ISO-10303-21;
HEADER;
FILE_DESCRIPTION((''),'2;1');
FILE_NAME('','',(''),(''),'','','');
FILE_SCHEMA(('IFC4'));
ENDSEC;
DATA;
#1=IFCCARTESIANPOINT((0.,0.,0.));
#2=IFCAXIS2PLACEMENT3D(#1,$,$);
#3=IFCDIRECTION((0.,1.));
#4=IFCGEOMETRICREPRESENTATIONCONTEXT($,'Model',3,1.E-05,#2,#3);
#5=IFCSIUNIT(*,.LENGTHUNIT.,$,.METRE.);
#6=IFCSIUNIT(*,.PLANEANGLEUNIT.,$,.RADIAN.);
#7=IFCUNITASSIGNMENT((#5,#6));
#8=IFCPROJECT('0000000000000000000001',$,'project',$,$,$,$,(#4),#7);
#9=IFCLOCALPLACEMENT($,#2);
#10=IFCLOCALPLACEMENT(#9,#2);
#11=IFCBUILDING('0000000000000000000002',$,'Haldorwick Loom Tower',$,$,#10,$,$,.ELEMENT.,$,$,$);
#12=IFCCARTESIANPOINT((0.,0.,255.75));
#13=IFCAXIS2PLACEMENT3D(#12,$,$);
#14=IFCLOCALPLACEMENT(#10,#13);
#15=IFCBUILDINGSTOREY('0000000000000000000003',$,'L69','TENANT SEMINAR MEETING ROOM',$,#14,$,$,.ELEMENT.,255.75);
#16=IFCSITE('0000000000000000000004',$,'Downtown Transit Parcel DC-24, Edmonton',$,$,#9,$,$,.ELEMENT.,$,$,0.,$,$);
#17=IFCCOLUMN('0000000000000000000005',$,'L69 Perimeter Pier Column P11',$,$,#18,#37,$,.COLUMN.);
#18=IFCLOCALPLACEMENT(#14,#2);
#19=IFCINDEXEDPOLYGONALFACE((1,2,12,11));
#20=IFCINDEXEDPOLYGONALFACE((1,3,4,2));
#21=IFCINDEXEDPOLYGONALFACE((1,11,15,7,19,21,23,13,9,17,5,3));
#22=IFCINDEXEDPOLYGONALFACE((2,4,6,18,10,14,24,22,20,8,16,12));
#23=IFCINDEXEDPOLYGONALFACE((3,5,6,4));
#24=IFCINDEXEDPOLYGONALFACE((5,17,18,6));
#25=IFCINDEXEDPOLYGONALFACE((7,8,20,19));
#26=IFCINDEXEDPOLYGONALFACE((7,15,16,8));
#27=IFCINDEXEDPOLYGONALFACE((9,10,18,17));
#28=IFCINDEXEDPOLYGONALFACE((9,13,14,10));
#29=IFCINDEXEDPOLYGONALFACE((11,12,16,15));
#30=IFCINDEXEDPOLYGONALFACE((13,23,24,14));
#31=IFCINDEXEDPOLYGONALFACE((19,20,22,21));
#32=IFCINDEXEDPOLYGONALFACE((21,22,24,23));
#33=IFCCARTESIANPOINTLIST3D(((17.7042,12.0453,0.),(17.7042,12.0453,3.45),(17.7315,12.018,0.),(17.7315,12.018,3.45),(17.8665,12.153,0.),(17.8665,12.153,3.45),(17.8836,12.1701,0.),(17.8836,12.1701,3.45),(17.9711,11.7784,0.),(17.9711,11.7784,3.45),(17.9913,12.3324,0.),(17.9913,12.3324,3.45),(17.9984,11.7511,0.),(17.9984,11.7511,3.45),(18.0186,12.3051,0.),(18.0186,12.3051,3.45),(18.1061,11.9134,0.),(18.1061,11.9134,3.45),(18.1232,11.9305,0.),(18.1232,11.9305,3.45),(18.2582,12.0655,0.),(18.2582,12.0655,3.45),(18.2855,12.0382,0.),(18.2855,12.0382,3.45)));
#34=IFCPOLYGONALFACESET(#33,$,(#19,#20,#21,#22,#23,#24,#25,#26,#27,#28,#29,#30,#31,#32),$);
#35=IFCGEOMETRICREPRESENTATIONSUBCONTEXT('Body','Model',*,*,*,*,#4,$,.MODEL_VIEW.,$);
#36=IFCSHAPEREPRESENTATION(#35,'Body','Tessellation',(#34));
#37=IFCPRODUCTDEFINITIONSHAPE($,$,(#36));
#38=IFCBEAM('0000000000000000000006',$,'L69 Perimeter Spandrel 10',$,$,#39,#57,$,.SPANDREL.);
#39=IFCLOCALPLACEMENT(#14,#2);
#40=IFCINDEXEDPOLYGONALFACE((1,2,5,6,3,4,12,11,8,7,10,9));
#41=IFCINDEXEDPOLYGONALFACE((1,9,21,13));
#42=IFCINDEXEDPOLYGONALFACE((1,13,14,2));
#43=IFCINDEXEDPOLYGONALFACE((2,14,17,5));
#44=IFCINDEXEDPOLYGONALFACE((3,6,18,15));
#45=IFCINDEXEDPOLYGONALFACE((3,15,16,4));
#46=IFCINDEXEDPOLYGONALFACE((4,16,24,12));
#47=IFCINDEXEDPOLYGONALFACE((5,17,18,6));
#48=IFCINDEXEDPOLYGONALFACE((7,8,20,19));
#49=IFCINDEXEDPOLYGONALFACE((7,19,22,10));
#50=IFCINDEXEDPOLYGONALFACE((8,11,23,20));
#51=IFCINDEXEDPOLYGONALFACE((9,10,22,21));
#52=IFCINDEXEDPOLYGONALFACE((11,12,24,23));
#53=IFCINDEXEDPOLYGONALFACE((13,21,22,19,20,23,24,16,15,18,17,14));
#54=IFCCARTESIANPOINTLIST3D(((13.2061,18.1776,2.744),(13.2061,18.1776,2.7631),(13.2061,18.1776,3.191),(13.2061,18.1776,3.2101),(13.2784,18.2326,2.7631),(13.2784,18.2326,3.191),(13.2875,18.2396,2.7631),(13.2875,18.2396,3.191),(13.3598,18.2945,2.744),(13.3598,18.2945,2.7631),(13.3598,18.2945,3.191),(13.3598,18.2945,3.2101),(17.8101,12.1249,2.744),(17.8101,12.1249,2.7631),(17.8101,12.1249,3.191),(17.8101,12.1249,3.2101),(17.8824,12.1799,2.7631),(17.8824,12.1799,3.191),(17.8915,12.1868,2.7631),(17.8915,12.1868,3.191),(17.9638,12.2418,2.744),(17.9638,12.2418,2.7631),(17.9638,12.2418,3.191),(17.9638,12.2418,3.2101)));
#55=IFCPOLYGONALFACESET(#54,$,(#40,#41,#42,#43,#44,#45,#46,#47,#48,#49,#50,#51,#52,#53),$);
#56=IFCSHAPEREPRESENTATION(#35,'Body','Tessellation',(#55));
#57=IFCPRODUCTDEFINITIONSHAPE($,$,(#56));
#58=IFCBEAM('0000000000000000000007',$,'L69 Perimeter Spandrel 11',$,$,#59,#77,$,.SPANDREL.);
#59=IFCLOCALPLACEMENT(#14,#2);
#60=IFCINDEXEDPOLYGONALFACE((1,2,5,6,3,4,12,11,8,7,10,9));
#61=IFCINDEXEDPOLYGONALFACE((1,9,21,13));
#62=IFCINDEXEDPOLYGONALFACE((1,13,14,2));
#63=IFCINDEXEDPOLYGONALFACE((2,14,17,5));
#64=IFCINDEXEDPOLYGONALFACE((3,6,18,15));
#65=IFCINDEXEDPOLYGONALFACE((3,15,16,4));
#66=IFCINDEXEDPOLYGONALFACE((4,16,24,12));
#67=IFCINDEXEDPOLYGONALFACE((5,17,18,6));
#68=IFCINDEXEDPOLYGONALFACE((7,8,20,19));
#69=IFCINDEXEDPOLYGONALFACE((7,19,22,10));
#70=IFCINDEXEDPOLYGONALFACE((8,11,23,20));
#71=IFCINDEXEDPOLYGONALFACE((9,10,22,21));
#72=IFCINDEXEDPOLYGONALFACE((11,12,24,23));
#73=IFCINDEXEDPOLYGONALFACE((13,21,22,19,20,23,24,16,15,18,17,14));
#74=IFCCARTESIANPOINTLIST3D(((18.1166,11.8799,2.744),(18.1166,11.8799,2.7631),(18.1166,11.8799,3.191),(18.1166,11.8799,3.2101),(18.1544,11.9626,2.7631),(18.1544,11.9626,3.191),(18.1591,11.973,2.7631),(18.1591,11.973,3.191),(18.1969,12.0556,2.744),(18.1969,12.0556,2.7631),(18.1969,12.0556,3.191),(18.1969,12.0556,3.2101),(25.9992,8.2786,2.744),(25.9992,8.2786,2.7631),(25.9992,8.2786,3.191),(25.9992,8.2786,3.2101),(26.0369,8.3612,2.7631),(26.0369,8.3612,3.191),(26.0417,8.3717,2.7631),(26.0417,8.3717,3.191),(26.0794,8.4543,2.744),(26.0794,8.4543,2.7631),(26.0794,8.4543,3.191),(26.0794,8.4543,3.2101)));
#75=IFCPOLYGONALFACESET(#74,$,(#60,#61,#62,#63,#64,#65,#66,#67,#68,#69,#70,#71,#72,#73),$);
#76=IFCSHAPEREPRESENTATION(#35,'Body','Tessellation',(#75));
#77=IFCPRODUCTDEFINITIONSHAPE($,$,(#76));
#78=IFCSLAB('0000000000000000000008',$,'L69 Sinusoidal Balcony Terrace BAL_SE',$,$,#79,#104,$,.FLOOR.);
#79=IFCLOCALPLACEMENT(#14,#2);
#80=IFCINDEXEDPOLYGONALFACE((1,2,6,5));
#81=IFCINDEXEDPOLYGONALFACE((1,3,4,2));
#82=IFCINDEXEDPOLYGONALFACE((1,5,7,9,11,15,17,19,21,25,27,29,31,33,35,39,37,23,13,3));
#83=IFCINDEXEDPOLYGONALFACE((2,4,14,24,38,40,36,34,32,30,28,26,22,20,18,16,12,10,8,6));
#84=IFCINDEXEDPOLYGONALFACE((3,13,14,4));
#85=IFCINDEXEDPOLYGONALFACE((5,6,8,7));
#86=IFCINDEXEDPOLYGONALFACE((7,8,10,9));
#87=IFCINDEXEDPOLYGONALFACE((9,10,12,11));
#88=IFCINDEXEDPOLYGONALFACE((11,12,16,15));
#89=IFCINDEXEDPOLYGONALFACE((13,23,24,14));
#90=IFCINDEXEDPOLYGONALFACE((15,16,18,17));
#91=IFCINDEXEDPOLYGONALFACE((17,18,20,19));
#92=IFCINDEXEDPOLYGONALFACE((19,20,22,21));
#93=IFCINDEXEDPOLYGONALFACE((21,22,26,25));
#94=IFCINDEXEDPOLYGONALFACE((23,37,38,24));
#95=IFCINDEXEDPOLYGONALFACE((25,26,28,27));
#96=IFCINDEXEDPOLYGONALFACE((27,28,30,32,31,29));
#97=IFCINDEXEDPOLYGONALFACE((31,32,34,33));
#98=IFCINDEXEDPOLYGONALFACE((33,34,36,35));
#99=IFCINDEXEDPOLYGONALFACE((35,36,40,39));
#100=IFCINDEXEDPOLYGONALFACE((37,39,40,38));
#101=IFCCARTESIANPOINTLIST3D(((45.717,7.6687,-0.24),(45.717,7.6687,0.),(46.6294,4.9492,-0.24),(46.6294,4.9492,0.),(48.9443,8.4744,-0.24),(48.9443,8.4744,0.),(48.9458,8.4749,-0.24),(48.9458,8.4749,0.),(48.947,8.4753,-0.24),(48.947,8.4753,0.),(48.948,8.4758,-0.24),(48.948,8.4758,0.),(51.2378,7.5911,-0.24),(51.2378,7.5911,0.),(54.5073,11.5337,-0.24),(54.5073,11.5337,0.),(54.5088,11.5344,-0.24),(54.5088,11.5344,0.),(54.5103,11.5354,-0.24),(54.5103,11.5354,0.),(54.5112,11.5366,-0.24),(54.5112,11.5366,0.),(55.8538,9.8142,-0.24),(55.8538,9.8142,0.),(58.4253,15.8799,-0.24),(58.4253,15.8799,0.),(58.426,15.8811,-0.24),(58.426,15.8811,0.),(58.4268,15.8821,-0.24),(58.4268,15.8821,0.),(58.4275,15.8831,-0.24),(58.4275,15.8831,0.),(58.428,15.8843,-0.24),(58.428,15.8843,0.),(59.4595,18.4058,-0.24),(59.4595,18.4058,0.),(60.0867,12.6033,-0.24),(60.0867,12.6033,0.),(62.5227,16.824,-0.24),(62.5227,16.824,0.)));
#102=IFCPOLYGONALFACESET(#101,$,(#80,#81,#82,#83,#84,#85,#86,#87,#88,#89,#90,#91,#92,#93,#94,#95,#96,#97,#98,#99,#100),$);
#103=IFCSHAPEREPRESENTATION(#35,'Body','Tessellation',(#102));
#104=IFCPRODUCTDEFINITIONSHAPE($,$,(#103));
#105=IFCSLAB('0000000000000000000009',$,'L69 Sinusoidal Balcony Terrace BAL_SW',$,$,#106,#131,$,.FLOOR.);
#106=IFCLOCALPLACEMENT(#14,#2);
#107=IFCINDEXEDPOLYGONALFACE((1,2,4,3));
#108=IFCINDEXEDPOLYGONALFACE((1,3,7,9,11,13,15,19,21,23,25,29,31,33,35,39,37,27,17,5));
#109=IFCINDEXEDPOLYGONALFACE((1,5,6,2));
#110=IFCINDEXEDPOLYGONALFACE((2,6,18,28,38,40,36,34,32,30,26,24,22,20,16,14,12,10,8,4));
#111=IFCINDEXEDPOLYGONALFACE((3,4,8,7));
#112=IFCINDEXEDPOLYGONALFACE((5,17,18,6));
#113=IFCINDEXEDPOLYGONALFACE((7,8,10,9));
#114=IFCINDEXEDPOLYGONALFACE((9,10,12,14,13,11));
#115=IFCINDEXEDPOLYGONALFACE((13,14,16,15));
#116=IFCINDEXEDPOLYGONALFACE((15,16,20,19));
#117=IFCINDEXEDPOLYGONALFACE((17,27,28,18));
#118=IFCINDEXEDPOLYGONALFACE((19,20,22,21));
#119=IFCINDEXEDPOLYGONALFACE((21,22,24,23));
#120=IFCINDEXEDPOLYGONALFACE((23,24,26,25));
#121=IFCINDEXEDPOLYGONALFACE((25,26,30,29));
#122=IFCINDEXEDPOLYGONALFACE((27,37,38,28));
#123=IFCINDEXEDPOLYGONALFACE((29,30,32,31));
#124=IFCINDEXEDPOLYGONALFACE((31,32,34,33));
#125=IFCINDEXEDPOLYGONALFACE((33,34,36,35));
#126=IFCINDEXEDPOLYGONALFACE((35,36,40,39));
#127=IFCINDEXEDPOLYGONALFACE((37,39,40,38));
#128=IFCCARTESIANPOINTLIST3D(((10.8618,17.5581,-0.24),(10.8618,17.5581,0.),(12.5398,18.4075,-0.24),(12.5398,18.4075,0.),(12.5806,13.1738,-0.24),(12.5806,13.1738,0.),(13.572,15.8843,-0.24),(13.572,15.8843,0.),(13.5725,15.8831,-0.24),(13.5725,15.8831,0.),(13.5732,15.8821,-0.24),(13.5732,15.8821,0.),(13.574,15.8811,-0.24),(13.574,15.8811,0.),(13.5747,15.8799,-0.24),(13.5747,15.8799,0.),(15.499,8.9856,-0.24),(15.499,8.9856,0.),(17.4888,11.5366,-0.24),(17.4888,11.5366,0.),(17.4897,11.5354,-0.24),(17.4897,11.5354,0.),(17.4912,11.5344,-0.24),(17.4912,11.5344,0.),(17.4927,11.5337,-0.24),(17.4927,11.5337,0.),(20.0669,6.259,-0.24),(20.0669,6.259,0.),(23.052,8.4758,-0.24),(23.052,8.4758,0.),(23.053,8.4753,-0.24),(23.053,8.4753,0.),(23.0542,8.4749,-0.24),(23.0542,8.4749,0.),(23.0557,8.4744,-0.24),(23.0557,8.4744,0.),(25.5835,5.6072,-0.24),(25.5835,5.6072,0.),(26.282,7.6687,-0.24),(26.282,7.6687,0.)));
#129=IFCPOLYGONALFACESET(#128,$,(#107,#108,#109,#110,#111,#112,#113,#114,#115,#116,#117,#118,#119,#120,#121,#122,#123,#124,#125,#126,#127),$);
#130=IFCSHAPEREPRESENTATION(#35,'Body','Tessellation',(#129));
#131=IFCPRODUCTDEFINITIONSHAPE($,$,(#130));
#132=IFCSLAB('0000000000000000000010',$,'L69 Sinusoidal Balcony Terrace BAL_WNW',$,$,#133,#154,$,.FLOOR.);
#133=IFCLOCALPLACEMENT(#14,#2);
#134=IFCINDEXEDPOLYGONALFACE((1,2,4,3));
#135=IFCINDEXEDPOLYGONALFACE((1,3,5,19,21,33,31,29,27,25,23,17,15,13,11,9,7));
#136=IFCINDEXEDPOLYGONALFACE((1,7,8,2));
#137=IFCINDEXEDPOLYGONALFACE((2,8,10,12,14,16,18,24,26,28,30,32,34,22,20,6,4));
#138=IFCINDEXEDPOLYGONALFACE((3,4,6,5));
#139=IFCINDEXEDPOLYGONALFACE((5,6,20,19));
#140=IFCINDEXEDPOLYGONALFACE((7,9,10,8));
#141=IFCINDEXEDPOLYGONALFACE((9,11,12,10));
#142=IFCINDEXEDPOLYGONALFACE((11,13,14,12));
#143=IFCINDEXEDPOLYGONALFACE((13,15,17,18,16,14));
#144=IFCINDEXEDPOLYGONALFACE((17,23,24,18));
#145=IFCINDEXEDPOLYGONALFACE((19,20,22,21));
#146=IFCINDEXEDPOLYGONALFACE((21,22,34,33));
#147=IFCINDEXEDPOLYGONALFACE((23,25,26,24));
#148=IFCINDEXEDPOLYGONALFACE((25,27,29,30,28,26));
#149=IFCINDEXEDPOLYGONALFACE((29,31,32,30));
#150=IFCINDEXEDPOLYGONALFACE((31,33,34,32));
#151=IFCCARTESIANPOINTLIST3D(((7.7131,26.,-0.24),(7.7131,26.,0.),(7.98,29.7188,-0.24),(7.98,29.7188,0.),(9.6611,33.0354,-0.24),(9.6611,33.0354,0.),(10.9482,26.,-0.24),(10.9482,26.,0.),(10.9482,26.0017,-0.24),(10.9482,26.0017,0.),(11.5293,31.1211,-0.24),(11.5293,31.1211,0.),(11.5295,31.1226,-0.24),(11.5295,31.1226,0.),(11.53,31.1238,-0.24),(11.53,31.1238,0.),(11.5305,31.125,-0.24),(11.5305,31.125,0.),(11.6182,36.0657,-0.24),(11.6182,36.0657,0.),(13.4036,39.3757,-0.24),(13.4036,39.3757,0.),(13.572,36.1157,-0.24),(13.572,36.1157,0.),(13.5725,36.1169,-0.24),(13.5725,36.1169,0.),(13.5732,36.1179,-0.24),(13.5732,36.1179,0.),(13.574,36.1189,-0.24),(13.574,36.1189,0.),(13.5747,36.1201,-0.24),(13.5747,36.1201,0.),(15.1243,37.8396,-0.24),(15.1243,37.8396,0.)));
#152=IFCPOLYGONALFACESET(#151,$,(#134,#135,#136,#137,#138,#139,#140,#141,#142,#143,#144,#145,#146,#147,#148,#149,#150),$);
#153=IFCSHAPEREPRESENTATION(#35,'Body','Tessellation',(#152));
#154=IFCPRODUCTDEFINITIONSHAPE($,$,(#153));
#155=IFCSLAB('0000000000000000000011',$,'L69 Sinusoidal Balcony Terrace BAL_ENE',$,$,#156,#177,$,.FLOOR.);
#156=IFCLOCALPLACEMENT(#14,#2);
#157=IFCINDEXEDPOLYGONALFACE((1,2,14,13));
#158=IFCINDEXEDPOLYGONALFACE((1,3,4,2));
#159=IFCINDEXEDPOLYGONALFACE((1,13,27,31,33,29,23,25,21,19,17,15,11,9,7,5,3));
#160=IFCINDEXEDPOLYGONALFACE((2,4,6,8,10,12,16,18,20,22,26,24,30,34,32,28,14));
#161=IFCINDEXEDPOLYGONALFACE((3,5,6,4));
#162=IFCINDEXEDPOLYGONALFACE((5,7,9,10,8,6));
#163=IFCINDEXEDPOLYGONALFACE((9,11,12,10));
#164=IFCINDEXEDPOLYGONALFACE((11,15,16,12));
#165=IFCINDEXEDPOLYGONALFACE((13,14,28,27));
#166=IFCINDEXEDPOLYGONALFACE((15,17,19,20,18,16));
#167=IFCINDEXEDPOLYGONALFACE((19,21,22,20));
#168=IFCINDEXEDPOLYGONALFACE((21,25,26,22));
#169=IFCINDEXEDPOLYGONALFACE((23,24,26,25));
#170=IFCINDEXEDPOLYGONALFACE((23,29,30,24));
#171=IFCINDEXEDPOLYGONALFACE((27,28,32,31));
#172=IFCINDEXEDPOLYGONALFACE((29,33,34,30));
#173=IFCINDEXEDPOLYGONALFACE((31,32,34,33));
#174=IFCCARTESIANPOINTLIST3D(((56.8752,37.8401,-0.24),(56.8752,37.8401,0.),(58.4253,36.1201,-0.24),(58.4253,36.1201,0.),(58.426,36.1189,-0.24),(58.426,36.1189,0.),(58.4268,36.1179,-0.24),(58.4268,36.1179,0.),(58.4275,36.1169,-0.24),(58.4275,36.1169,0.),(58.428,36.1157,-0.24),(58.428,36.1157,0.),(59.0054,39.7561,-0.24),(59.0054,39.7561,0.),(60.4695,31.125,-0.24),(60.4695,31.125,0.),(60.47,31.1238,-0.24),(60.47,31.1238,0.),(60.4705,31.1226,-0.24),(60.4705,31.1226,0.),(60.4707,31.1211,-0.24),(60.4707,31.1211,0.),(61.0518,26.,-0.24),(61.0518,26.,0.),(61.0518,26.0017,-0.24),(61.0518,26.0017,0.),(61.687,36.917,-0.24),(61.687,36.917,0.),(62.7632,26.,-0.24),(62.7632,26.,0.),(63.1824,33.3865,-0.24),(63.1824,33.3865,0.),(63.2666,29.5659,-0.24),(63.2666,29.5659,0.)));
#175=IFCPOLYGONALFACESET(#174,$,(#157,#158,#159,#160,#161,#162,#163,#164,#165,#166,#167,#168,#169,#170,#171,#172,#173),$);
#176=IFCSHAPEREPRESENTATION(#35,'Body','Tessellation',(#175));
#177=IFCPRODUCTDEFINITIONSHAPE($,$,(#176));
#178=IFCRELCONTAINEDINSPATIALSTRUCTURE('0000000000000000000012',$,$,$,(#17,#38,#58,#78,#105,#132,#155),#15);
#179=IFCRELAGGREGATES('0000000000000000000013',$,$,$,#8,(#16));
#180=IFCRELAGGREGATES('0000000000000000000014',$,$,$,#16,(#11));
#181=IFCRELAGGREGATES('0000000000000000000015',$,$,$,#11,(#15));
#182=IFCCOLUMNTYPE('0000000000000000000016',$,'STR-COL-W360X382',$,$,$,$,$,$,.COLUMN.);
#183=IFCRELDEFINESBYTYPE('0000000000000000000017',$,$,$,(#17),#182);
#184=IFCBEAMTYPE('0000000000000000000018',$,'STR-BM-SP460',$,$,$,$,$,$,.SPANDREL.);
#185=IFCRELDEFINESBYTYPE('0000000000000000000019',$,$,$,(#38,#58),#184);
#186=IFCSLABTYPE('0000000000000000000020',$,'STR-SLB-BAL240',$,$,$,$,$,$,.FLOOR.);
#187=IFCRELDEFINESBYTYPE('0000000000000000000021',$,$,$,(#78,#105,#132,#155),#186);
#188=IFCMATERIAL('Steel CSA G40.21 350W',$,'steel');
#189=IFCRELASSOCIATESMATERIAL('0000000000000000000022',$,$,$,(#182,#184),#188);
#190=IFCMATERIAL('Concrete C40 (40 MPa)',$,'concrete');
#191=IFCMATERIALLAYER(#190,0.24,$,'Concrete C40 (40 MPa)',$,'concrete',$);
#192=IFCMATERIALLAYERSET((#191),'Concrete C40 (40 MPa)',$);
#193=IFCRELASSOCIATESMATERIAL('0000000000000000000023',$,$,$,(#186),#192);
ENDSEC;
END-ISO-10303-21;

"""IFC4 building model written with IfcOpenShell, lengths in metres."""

from ifc_helpers import new_model, si_unit, direction, frame, origin, origin_2d, place, context, subcontext, project, spatial, polyline, i_section, outline, extrude, material, layer, layer_set, material_profile, profile_set, type_object, element, save


model = new_model("IFC4")

# Units and contexts
model_context = context("Model", 3, precision=1e-05, world=origin(), true_north=direction((0.0, 1.0)))
body_context = subcontext(model_context, "Body", "Model", "MODEL_VIEW")
ifc_project = project(units=[si_unit("LENGTHUNIT", "METRE"), si_unit("PLANEANGLEUNIT", "RADIAN")], contexts=[model_context])

# Site, building, storey
site_placement = place(None, origin())
site = spatial("IfcSite", under=ifc_project, at=site_placement, Name="Downtown Transit Parcel DC-24, Edmonton", CompositionType="ELEMENT", RefElevation=0.0)
building_placement = place(site_placement, origin())
building = spatial("IfcBuilding", under=site, at=building_placement, Name="Haldorwick Loom Tower", CompositionType="ELEMENT")
storey_placement = place(building_placement, frame((0.0, 0.0, 255.75)))
storey = spatial("IfcBuildingStorey", under=building, at=storey_placement, Name="L69", Description="TENANT SEMINAR MEETING ROOM", CompositionType="ELEMENT", Elevation=255.75)

# Column
ifc_material_1 = material(Name="Steel CSA G40.21 350W", Category="steel")
ifc_material_profile_1 = material_profile(ifc_material_1, i_section(OverallWidth=0.406, OverallDepth=0.416, WebThickness=0.0242, FlangeThickness=0.0386, at=origin_2d()), Name="W360X382", Category="steel")
ifc_profile_set_1 = profile_set([ifc_material_profile_1], Name="Steel CSA G40.21 350W")
column_type = type_object("IfcColumnType", Name="STR-COL-W360X382", PredefinedType="COLUMN", material=ifc_profile_set_1)
column_placement = place(storey_placement, frame((17.9949, 12.0417, 0.0), z_axis=(0.0, 0.0, 1.0), x_axis=(-0.707107, -0.707107, 0.0)))
element("IfcColumn", 1, at=column_placement, inside=storey, type_object=column_type, Name="L69 Perimeter Pier Column P11", PredefinedType="COLUMN", context=body_context, shape_type="SweptSolid", body=[
    extrude(i_section(OverallWidth=0.406, OverallDepth=0.416, WebThickness=0.0242, FlangeThickness=0.0386, at=origin_2d()), origin(), (0.0, 0.0, 1.0), 3.45),
])

# Beams
ifc_material_profile_2 = material_profile(ifc_material_1, i_section(OverallWidth=0.1931, OverallDepth=0.4661, WebThickness=0.0115, FlangeThickness=0.019, at=origin_2d()), Name="W460X97", Category="steel")
ifc_profile_set_2 = profile_set([ifc_material_profile_2], Name="Steel CSA G40.21 350W")
beam_type = type_object("IfcBeamType", Name="STR-BM-SP460", PredefinedType="SPANDREL", material=ifc_profile_set_2)
beam_1_placement = place(storey_placement, frame((13.283, 18.2361, 2.9771), z_axis=(0.60541, -0.795913, 0.0), x_axis=(0.795913, 0.60541, 0.0)))
element("IfcBeam", 2, at=beam_1_placement, inside=storey, type_object=beam_type, Name="L69 Perimeter Spandrel 10", PredefinedType="SPANDREL", context=body_context, shape_type="SweptSolid", body=[
    extrude(i_section(OverallWidth=0.1931, OverallDepth=0.4661, WebThickness=0.0115, FlangeThickness=0.019, at=origin_2d()), origin(), (0.0, 0.0, 1.0), 7.6047),
])
beam_2_placement = place(storey_placement, frame((18.1567, 11.9678, 2.9771), z_axis=(0.909568, -0.415555, 0.0), x_axis=(0.415555, 0.909568, 0.0)))
element("IfcBeam", 3, at=beam_2_placement, inside=storey, type_object=beam_type, Name="L69 Perimeter Spandrel 11", PredefinedType="SPANDREL", context=body_context, shape_type="SweptSolid", body=[
    extrude(i_section(OverallWidth=0.1931, OverallDepth=0.4661, WebThickness=0.0115, FlangeThickness=0.019, at=origin_2d()), origin(), (0.0, 0.0, 1.0), 8.6663),
])

# Slabs
ifc_material_2 = material(Name="Concrete C40 (40 MPa)", Category="concrete")
ifc_layer_1 = layer(ifc_material_2, 0.24, Name="Concrete C40 (40 MPa)", Category="concrete")
ifc_layer_set_1 = layer_set([ifc_layer_1], Name="Concrete C40 (40 MPa)")
slab_type_1 = type_object("IfcSlabType", Name="STR-SLB-BAL240", PredefinedType="FLOOR", material=ifc_layer_set_1)
slab_1_placement = place(storey_placement, frame((0.0, 0.0, -0.24)))
element("IfcSlab", 4, at=slab_1_placement, inside=storey, type_object=slab_type_1, Name="L69 Sinusoidal Balcony Terrace BAL_SE", PredefinedType="FLOOR", context=body_context, shape_type="SweptSolid", body=[
    extrude(outline(polyline([(59.4595, 18.4058), (58.428, 15.8843), (58.4275, 15.8831), (58.4268, 15.8821), (58.426, 15.8811), (58.4253, 15.8799), (54.5112, 11.5366), (54.5103, 11.5354), (54.5088, 11.5344), (54.5073, 11.5337), (48.948, 8.4758), (48.947, 8.4753), (48.9458, 8.4749), (48.9443, 8.4744), (45.717, 7.6687), (46.6294, 4.9492), (51.2378, 7.5911), (55.8538, 9.8142), (60.0867, 12.6033), (62.5227, 16.824), (59.4595, 18.4058)])), origin(), (0.0, 0.0, 1.0), 0.24),
])
slab_2_placement = place(storey_placement, frame((0.0, 0.0, -0.24)))
element("IfcSlab", 5, at=slab_2_placement, inside=storey, type_object=slab_type_1, Name="L69 Sinusoidal Balcony Terrace BAL_SW", PredefinedType="FLOOR", context=body_context, shape_type="SweptSolid", body=[
    extrude(outline(polyline([(26.282, 7.6687), (23.0557, 8.4744), (23.0542, 8.4749), (23.053, 8.4753), (23.052, 8.4758), (17.4927, 11.5337), (17.4912, 11.5344), (17.4897, 11.5354), (17.4888, 11.5366), (13.5747, 15.8799), (13.574, 15.8811), (13.5732, 15.8821), (13.5725, 15.8831), (13.572, 15.8843), (12.5398, 18.4075), (10.8618, 17.5581), (12.5806, 13.1738), (15.499, 8.9856), (20.0669, 6.259), (25.5835, 5.6072), (26.282, 7.6687)])), origin(), (0.0, 0.0, 1.0), 0.24),
])
slab_3_placement = place(storey_placement, frame((0.0, 0.0, -0.24)))
element("IfcSlab", 6, at=slab_3_placement, inside=storey, type_object=slab_type_1, Name="L69 Sinusoidal Balcony Terrace BAL_WNW", PredefinedType="FLOOR", context=body_context, shape_type="SweptSolid", body=[
    extrude(outline(polyline([(10.9482, 26.0), (10.9482, 26.0017), (11.5293, 31.1211), (11.5295, 31.1226), (11.53, 31.1238), (11.5305, 31.125), (13.572, 36.1157), (13.5725, 36.1169), (13.5732, 36.1179), (13.574, 36.1189), (13.5747, 36.1201), (15.1243, 37.8396), (13.4036, 39.3757), (11.6182, 36.0657), (9.6611, 33.0354), (7.98, 29.7188), (7.7131, 26.0), (10.9482, 26.0)])), origin(), (0.0, 0.0, 1.0), 0.24),
])
slab_4_placement = place(storey_placement, frame((0.0, 0.0, -0.24)))
element("IfcSlab", 7, at=slab_4_placement, inside=storey, type_object=slab_type_1, Name="L69 Sinusoidal Balcony Terrace BAL_ENE", PredefinedType="FLOOR", context=body_context, shape_type="SweptSolid", body=[
    extrude(outline(polyline([(56.8752, 37.8401), (58.4253, 36.1201), (58.426, 36.1189), (58.4268, 36.1179), (58.4275, 36.1169), (58.428, 36.1157), (60.4695, 31.125), (60.47, 31.1238), (60.4705, 31.1226), (60.4707, 31.1211), (61.0518, 26.0017), (61.0518, 26.0), (62.7632, 26.0), (63.2666, 29.5659), (63.1824, 33.3865), (61.687, 36.917), (59.0054, 39.7561), (56.8752, 37.8401)])), origin(), (0.0, 0.0, 1.0), 0.24),
])

save(model, "model.ifc")
